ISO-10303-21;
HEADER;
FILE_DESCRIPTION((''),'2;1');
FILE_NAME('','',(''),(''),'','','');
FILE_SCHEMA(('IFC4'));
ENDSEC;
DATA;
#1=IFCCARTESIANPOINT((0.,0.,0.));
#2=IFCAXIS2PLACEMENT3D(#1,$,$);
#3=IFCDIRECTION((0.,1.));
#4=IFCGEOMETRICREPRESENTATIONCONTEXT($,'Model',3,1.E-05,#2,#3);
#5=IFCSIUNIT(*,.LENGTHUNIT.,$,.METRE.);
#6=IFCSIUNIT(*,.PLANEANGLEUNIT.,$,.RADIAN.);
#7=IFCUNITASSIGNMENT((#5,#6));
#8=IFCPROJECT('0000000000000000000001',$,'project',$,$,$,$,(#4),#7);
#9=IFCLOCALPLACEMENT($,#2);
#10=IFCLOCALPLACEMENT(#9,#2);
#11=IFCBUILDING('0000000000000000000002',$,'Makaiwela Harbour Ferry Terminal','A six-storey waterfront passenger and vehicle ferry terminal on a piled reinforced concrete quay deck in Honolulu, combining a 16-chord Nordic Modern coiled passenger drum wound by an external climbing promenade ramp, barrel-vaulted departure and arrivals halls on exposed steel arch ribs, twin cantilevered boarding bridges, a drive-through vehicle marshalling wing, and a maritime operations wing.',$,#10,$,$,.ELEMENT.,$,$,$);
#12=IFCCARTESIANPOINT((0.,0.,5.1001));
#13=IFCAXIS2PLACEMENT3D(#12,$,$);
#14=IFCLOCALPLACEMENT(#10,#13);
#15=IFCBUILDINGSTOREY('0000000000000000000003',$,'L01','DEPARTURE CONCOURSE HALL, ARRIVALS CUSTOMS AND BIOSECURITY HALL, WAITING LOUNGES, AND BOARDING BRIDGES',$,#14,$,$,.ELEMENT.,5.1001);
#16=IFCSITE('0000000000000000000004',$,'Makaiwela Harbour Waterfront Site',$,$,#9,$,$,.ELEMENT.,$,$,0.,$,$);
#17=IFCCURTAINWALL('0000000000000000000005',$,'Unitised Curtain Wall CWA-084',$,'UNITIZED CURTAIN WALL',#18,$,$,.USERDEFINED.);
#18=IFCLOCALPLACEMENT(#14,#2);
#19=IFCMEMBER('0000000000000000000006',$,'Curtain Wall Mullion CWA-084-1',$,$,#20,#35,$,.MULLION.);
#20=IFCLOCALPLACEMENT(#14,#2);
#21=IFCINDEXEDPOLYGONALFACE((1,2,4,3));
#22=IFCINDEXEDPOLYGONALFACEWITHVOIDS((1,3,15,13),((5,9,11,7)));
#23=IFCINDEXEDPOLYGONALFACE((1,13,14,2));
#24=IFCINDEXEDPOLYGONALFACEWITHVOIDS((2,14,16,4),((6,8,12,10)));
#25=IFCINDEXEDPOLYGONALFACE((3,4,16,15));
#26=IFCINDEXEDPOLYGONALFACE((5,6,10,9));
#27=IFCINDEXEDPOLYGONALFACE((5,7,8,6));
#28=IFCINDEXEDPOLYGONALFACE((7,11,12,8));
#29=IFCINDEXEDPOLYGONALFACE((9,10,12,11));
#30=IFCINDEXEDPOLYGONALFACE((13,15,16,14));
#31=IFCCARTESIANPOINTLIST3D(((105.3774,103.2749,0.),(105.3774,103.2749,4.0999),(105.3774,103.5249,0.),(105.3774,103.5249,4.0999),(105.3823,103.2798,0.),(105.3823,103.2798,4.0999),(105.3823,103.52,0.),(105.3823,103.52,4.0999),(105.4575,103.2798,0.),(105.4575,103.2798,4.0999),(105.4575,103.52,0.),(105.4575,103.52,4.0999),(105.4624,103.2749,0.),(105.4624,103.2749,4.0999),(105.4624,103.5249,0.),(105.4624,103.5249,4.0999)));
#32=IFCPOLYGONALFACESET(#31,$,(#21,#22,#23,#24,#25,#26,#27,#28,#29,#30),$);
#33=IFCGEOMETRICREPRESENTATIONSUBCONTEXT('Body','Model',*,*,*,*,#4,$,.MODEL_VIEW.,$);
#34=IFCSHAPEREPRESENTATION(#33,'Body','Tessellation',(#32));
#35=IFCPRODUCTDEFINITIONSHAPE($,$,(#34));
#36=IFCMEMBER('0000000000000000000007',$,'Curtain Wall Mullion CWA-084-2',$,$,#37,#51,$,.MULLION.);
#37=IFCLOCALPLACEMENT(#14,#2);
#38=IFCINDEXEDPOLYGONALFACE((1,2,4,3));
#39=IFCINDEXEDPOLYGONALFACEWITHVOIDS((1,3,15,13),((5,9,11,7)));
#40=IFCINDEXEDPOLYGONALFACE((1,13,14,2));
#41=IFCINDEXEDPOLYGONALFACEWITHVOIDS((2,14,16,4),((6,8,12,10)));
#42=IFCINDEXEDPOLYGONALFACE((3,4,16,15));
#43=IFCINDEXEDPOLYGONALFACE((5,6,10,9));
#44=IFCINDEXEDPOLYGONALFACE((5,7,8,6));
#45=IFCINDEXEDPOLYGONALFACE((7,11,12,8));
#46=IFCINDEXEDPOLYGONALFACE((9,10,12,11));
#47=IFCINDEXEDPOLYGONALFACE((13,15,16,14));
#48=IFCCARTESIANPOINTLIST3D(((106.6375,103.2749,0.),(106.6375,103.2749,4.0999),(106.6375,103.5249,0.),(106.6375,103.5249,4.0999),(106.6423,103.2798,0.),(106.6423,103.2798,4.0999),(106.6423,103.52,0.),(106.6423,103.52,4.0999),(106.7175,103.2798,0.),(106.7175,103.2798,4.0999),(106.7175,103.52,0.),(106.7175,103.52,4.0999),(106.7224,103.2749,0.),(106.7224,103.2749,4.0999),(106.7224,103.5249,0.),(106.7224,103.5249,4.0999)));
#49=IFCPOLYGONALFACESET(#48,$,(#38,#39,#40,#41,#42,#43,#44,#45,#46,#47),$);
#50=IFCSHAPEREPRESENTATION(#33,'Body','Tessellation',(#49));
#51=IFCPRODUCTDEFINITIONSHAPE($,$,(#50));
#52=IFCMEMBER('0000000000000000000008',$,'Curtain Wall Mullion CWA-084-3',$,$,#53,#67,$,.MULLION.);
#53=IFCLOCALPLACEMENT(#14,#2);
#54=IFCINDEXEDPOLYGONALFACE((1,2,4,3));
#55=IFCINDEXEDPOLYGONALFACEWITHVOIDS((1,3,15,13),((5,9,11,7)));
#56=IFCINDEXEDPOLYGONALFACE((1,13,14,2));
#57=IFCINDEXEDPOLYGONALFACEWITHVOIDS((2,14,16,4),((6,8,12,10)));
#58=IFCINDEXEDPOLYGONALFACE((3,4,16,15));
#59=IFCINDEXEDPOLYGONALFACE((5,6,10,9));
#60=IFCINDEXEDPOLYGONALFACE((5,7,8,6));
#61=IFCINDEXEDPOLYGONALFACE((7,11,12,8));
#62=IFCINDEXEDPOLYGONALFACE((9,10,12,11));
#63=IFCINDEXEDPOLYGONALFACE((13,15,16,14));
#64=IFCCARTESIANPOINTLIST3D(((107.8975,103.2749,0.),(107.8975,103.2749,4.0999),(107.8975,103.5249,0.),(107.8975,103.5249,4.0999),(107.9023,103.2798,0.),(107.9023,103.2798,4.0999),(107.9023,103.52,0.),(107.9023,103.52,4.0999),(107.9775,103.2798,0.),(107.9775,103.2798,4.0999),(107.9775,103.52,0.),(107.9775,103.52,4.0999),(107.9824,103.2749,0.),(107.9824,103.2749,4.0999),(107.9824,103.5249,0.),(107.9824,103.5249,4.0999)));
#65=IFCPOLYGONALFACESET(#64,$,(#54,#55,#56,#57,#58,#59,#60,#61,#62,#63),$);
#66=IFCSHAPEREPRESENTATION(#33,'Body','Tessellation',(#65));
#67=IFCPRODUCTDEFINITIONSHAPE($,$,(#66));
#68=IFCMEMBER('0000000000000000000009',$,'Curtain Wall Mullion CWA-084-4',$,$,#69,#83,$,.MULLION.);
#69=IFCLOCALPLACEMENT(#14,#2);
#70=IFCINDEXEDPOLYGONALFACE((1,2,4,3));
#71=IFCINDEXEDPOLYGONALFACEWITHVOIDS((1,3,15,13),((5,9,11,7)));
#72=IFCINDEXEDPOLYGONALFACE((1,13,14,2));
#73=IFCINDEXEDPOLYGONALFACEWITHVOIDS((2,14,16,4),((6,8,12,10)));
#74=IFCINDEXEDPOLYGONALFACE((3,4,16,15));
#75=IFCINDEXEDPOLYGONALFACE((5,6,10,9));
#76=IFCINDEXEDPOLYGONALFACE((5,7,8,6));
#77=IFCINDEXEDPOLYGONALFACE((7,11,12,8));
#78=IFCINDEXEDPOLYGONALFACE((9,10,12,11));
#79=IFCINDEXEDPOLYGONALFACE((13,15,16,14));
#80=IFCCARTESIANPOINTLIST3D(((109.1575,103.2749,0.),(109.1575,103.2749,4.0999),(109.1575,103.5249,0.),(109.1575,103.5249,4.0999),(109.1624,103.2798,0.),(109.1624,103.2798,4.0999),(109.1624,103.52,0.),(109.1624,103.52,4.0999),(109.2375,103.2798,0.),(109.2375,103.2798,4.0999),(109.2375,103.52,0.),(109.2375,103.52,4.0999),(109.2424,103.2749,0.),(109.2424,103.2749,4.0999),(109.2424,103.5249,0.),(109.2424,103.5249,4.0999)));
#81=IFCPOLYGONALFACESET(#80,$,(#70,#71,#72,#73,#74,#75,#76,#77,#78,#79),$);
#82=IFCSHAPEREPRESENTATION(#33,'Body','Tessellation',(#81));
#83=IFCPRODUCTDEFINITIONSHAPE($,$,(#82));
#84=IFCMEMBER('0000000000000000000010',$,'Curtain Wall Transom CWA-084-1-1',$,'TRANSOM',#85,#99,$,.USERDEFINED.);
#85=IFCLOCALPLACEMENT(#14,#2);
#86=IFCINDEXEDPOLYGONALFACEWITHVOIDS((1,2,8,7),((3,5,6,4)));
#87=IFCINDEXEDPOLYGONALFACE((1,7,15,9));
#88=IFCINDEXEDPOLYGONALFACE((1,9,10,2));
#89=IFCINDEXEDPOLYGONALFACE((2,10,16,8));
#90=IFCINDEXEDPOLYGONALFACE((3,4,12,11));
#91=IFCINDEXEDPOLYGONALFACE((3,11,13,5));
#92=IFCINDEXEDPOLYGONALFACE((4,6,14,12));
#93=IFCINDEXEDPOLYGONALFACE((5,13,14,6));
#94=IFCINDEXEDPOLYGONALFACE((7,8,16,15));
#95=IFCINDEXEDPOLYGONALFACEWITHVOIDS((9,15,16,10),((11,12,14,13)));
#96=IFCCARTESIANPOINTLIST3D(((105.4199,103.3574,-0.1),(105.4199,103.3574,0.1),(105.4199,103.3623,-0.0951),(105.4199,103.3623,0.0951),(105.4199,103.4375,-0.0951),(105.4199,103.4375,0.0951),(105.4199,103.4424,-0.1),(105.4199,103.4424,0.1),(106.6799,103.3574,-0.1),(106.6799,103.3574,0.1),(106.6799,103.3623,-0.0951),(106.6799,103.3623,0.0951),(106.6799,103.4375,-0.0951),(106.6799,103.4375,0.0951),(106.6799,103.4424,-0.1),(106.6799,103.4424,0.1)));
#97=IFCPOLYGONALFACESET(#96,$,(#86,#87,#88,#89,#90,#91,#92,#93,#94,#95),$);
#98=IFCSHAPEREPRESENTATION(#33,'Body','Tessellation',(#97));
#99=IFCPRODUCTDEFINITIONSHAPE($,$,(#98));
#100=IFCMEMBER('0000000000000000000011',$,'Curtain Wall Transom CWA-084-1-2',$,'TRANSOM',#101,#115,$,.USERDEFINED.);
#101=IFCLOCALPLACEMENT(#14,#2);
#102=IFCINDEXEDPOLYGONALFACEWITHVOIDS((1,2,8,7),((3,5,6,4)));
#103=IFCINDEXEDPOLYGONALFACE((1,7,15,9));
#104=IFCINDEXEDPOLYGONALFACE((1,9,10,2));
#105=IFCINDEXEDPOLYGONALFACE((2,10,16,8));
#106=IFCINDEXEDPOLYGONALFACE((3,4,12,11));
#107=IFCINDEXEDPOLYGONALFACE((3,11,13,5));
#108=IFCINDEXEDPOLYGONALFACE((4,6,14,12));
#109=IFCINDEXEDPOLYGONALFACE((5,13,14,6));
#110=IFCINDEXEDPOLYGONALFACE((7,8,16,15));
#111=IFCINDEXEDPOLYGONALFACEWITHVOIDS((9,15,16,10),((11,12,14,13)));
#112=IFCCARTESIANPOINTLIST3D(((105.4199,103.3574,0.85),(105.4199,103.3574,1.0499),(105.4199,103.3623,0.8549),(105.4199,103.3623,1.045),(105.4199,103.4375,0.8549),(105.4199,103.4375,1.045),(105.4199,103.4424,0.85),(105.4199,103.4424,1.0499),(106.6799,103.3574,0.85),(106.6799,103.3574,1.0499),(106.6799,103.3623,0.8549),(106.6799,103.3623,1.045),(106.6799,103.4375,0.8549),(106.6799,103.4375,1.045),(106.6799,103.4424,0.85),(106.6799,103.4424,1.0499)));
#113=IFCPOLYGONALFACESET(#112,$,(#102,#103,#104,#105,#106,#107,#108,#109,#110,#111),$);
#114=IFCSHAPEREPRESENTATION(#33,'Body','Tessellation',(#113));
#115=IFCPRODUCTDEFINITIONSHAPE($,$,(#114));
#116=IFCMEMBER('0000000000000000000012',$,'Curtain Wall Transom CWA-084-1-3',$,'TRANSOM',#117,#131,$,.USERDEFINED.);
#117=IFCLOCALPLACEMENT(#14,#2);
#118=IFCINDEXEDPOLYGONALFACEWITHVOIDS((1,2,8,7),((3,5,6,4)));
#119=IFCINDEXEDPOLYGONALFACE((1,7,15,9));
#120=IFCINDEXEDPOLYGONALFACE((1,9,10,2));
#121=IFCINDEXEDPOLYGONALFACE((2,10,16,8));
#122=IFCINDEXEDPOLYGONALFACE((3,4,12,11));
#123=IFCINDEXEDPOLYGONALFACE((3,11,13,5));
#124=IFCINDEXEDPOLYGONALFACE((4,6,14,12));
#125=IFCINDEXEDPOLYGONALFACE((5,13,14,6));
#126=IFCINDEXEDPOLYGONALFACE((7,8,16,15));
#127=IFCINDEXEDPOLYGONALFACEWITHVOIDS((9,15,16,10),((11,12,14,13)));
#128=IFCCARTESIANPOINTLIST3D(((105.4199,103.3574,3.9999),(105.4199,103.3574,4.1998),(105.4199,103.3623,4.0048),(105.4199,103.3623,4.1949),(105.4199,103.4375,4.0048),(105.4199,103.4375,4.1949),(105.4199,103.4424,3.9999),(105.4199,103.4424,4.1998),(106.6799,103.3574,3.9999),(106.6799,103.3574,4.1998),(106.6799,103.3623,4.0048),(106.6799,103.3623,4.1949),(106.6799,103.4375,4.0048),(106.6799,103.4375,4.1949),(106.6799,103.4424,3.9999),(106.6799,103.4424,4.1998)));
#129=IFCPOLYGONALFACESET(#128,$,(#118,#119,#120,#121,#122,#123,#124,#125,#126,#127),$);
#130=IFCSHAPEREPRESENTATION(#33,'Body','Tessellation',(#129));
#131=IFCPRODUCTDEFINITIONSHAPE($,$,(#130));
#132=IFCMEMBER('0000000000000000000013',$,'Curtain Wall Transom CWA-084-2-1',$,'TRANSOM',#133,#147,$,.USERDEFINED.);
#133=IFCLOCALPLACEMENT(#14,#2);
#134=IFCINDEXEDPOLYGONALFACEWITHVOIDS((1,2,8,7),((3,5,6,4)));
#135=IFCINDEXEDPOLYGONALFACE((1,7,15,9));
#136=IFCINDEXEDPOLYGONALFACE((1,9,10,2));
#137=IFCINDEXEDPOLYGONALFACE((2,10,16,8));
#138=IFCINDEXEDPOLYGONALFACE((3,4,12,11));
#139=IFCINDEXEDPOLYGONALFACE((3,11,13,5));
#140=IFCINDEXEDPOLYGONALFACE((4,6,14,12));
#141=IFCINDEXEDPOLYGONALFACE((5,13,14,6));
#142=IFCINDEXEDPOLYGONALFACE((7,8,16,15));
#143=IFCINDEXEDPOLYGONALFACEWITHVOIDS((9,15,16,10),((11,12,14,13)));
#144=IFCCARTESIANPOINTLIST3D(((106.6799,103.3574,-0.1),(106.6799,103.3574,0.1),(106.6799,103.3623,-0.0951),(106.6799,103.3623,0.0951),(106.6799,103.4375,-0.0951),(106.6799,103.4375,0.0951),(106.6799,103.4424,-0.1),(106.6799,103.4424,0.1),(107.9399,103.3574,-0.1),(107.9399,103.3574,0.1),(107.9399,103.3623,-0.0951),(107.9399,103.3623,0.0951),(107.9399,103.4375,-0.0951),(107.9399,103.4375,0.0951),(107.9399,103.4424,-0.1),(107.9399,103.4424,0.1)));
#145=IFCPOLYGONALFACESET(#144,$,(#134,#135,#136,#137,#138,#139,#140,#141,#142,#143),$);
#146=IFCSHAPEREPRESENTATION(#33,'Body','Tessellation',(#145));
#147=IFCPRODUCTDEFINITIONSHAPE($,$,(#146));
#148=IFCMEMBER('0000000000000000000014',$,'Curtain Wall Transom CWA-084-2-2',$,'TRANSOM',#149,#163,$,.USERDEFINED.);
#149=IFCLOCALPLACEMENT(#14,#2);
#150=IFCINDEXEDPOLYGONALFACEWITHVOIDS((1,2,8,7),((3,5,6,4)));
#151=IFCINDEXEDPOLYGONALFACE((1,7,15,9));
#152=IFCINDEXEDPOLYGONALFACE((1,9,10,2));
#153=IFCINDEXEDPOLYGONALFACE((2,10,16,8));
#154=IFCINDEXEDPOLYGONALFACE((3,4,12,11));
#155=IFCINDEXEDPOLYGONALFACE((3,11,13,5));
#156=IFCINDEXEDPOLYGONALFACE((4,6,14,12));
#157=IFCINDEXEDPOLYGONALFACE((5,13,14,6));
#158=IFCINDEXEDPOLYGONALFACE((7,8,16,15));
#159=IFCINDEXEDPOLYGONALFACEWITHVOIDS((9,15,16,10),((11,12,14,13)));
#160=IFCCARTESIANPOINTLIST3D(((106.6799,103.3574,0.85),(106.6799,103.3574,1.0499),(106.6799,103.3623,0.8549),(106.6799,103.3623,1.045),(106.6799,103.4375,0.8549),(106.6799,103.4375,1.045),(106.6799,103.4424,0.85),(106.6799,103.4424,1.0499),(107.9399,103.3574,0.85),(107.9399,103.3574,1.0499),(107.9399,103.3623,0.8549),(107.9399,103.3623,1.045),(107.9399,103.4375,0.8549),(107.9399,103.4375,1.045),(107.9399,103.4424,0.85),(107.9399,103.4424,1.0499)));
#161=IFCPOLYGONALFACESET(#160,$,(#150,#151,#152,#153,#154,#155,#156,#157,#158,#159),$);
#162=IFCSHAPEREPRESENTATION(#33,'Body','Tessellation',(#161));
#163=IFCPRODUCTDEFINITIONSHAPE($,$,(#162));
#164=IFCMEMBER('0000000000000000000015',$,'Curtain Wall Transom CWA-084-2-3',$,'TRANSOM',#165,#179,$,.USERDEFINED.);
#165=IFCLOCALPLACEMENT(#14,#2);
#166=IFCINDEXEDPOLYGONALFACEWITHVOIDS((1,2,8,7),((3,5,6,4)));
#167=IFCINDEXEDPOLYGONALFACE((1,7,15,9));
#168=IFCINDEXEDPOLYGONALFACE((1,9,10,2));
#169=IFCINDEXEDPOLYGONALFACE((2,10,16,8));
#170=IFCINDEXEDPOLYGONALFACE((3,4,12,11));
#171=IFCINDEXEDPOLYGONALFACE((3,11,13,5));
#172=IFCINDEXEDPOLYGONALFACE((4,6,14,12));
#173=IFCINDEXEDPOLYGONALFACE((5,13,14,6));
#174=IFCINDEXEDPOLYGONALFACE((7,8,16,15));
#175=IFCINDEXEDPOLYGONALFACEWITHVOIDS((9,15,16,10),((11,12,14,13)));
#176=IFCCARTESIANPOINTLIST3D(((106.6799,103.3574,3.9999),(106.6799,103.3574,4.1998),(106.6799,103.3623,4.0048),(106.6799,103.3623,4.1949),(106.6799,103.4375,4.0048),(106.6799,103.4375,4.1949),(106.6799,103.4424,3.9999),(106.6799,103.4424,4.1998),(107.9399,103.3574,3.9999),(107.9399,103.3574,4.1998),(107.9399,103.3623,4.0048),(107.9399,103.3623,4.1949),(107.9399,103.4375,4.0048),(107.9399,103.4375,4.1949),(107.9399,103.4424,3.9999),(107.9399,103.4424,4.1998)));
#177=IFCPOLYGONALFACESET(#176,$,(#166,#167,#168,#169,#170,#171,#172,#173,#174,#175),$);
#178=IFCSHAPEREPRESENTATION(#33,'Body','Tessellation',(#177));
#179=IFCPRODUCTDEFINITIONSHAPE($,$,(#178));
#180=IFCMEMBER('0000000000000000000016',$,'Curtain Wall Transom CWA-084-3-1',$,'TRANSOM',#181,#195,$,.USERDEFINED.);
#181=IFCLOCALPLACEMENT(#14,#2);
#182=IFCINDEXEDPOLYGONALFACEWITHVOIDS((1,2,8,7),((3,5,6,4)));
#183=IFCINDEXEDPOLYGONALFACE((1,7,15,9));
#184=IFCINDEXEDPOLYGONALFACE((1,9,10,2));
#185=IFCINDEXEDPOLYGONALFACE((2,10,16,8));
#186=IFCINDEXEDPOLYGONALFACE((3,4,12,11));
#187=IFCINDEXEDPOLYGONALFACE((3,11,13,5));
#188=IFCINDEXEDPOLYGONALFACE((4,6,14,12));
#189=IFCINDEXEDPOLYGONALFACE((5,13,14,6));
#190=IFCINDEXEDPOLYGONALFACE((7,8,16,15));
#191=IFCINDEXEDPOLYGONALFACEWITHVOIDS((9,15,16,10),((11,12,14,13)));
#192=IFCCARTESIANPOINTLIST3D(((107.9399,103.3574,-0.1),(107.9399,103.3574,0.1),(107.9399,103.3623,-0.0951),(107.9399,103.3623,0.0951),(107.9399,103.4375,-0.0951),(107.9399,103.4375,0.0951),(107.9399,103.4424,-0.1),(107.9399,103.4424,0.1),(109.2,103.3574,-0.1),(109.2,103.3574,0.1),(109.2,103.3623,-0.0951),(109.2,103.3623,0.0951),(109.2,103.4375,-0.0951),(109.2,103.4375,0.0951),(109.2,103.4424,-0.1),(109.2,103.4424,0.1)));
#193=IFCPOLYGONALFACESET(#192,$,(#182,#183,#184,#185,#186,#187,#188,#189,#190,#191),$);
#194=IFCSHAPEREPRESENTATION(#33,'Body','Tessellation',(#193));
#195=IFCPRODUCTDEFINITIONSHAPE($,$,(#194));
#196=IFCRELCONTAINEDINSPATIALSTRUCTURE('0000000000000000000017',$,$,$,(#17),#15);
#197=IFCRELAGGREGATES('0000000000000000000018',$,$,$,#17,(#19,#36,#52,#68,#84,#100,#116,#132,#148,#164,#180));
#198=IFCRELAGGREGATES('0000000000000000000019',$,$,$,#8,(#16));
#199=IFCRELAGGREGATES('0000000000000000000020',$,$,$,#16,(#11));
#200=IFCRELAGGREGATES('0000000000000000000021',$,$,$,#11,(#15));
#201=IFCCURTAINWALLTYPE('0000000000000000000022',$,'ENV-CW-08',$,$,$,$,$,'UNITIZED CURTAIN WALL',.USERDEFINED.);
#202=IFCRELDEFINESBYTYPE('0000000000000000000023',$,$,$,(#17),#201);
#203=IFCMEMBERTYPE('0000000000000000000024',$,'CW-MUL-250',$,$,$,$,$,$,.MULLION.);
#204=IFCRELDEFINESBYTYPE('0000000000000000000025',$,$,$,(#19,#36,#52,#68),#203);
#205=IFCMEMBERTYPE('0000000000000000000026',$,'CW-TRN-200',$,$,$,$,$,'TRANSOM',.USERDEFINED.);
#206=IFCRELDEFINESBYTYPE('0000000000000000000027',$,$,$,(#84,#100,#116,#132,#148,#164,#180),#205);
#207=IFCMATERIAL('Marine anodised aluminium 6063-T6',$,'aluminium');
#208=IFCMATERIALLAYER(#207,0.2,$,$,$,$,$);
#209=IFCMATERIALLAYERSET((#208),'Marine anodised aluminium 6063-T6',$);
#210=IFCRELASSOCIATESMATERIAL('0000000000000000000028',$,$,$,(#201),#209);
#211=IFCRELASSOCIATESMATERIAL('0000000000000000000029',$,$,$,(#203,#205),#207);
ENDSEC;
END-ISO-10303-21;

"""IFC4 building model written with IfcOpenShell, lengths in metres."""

from ifc_helpers import new_model, si_unit, direction, frame, origin, origin_2d, place, context, subcontext, project, spatial, hollow_rectangle, extrude, material, layer, layer_set, material_profile, profile_set, type_object, element, aggregate, save


model = new_model("IFC4")

# Units and contexts
model_context = context("Model", 3, precision=1e-05, world=origin(), true_north=direction((0.0, 1.0)))
body_context = subcontext(model_context, "Body", "Model", "MODEL_VIEW")
ifc_project = project(units=[si_unit("LENGTHUNIT", "METRE"), si_unit("PLANEANGLEUNIT", "RADIAN")], contexts=[model_context])

# Site, building, storey
site_placement = place(None, origin())
site = spatial("IfcSite", under=ifc_project, at=site_placement, Name="Makaiwela Harbour Waterfront Site", CompositionType="ELEMENT", RefElevation=0.0)
building_placement = place(site_placement, origin())
building = spatial("IfcBuilding", under=site, at=building_placement, Name="Makaiwela Harbour Ferry Terminal", Description="A six-storey waterfront passenger and vehicle ferry terminal on a piled reinforced concrete quay deck in Honolulu, combining a 16-chord Nordic Modern coiled passenger drum wound by an external climbing promenade ramp, barrel-vaulted departure and arrivals halls on exposed steel arch ribs, twin cantilevered boarding bridges, a drive-through vehicle marshalling wing, and a maritime operations wing.", CompositionType="ELEMENT")
storey_placement = place(building_placement, frame((0.0, 0.0, 5.1001)))
storey = spatial("IfcBuildingStorey", under=building, at=storey_placement, Name="L01", Description="DEPARTURE CONCOURSE HALL, ARRIVALS CUSTOMS AND BIOSECURITY HALL, WAITING LOUNGES, AND BOARDING BRIDGES", CompositionType="ELEMENT", Elevation=5.1001)

# Curtain wall, members
ifc_material_1 = material(Name="Marine anodised aluminium 6063-T6", Category="aluminium")
ifc_layer_1 = layer(ifc_material_1, 0.2)
ifc_layer_set_1 = layer_set([ifc_layer_1], Name="Marine anodised aluminium 6063-T6")
curtain_wall_type = type_object("IfcCurtainWallType", Name="ENV-CW-08", ElementType="UNITIZED CURTAIN WALL", PredefinedType="USERDEFINED", material=ifc_layer_set_1)
curtain_wall_placement = place(storey_placement, origin())
curtain_wall = element("IfcCurtainWall", 1, at=curtain_wall_placement, inside=storey, type_object=curtain_wall_type, Name="Unitised Curtain Wall CWA-084", ObjectType="UNITIZED CURTAIN WALL", PredefinedType="USERDEFINED")
ifc_material_profile_1 = material_profile(ifc_material_1, hollow_rectangle(XDim=0.085, YDim=0.25, WallThickness=0.0049, at=origin_2d()), Name="CWM-250X85")
ifc_profile_set_1 = profile_set([ifc_material_profile_1], Name="Marine anodised aluminium 6063-T6")
member_type_1 = type_object("IfcMemberType", Name="CW-MUL-250", PredefinedType="MULLION", material=ifc_profile_set_1)
member_1_placement = place(storey_placement, frame((105.4199, 103.3999, 0.0), z_axis=(0.0, 0.0, 1.0), x_axis=(1.0, 0.0, 0.0)))
member_1 = element("IfcMember", 2, at=member_1_placement, type_object=member_type_1, Name="Curtain Wall Mullion CWA-084-1", PredefinedType="MULLION", context=body_context, shape_type="SweptSolid", body=[
    extrude(hollow_rectangle(XDim=0.085, YDim=0.25, WallThickness=0.0049, at=origin_2d()), origin(), (0.0, 0.0, 1.0), 4.0999),
])
member_2_placement = place(storey_placement, frame((106.6799, 103.3999, 0.0), z_axis=(0.0, 0.0, 1.0), x_axis=(1.0, 0.0, 0.0)))
member_2 = element("IfcMember", 3, at=member_2_placement, type_object=member_type_1, Name="Curtain Wall Mullion CWA-084-2", PredefinedType="MULLION", context=body_context, shape_type="SweptSolid", body=[
    extrude(hollow_rectangle(XDim=0.085, YDim=0.25, WallThickness=0.0049, at=origin_2d()), origin(), (0.0, 0.0, 1.0), 4.0999),
])
member_3_placement = place(storey_placement, frame((107.9399, 103.3999, 0.0), z_axis=(0.0, 0.0, 1.0), x_axis=(1.0, 0.0, 0.0)))
member_3 = element("IfcMember", 4, at=member_3_placement, type_object=member_type_1, Name="Curtain Wall Mullion CWA-084-3", PredefinedType="MULLION", context=body_context, shape_type="SweptSolid", body=[
    extrude(hollow_rectangle(XDim=0.085, YDim=0.25, WallThickness=0.0049, at=origin_2d()), origin(), (0.0, 0.0, 1.0), 4.0999),
])
member_4_placement = place(storey_placement, frame((109.2, 103.3999, 0.0), z_axis=(0.0, 0.0, 1.0), x_axis=(1.0, 0.0, 0.0)))
member_4 = element("IfcMember", 5, at=member_4_placement, type_object=member_type_1, Name="Curtain Wall Mullion CWA-084-4", PredefinedType="MULLION", context=body_context, shape_type="SweptSolid", body=[
    extrude(hollow_rectangle(XDim=0.085, YDim=0.25, WallThickness=0.0049, at=origin_2d()), origin(), (0.0, 0.0, 1.0), 4.0999),
])
ifc_material_profile_2 = material_profile(ifc_material_1, hollow_rectangle(XDim=0.085, YDim=0.2, WallThickness=0.0049, at=origin_2d()), Name="CWT-200X85")
ifc_profile_set_2 = profile_set([ifc_material_profile_2], Name="Marine anodised aluminium 6063-T6")
member_type_2 = type_object("IfcMemberType", Name="CW-TRN-200", ElementType="TRANSOM", PredefinedType="USERDEFINED", material=ifc_profile_set_2)
member_5_placement = place(storey_placement, frame((105.4199, 103.3999, 0.0), z_axis=(1.0, 0.0, 0.0), x_axis=(0.0, 1.0, 0.0)))
member_5 = element("IfcMember", 6, at=member_5_placement, type_object=member_type_2, Name="Curtain Wall Transom CWA-084-1-1", ObjectType="TRANSOM", PredefinedType="USERDEFINED", context=body_context, shape_type="SweptSolid", body=[
    extrude(hollow_rectangle(XDim=0.085, YDim=0.2, WallThickness=0.0049, at=origin_2d()), origin(), (0.0, 0.0, 1.0), 1.26),
])
member_6_placement = place(storey_placement, frame((105.4199, 103.3999, 0.95), z_axis=(1.0, 0.0, 0.0), x_axis=(0.0, 1.0, 0.0)))
member_6 = element("IfcMember", 7, at=member_6_placement, type_object=member_type_2, Name="Curtain Wall Transom CWA-084-1-2", ObjectType="TRANSOM", PredefinedType="USERDEFINED", context=body_context, shape_type="SweptSolid", body=[
    extrude(hollow_rectangle(XDim=0.085, YDim=0.2, WallThickness=0.0049, at=origin_2d()), origin(), (0.0, 0.0, 1.0), 1.26),
])
member_7_placement = place(storey_placement, frame((105.4199, 103.3999, 4.0999), z_axis=(1.0, 0.0, 0.0), x_axis=(0.0, 1.0, 0.0)))
member_7 = element("IfcMember", 8, at=member_7_placement, type_object=member_type_2, Name="Curtain Wall Transom CWA-084-1-3", ObjectType="TRANSOM", PredefinedType="USERDEFINED", context=body_context, shape_type="SweptSolid", body=[
    extrude(hollow_rectangle(XDim=0.085, YDim=0.2, WallThickness=0.0049, at=origin_2d()), origin(), (0.0, 0.0, 1.0), 1.26),
])
member_8_placement = place(storey_placement, frame((106.6799, 103.3999, 0.0), z_axis=(1.0, 0.0, 0.0), x_axis=(0.0, 1.0, 0.0)))
member_8 = element("IfcMember", 9, at=member_8_placement, type_object=member_type_2, Name="Curtain Wall Transom CWA-084-2-1", ObjectType="TRANSOM", PredefinedType="USERDEFINED", context=body_context, shape_type="SweptSolid", body=[
    extrude(hollow_rectangle(XDim=0.085, YDim=0.2, WallThickness=0.0049, at=origin_2d()), origin(), (0.0, 0.0, 1.0), 1.26),
])
member_9_placement = place(storey_placement, frame((106.6799, 103.3999, 0.95), z_axis=(1.0, 0.0, 0.0), x_axis=(0.0, 1.0, 0.0)))
member_9 = element("IfcMember", 10, at=member_9_placement, type_object=member_type_2, Name="Curtain Wall Transom CWA-084-2-2", ObjectType="TRANSOM", PredefinedType="USERDEFINED", context=body_context, shape_type="SweptSolid", body=[
    extrude(hollow_rectangle(XDim=0.085, YDim=0.2, WallThickness=0.0049, at=origin_2d()), origin(), (0.0, 0.0, 1.0), 1.26),
])
member_10_placement = place(storey_placement, frame((106.6799, 103.3999, 4.0999), z_axis=(1.0, 0.0, 0.0), x_axis=(0.0, 1.0, 0.0)))
member_10 = element("IfcMember", 11, at=member_10_placement, type_object=member_type_2, Name="Curtain Wall Transom CWA-084-2-3", ObjectType="TRANSOM", PredefinedType="USERDEFINED", context=body_context, shape_type="SweptSolid", body=[
    extrude(hollow_rectangle(XDim=0.085, YDim=0.2, WallThickness=0.0049, at=origin_2d()), origin(), (0.0, 0.0, 1.0), 1.26),
])
member_11_placement = place(storey_placement, frame((107.9399, 103.3999, 0.0), z_axis=(1.0, 0.0, 0.0), x_axis=(0.0, 1.0, 0.0)))
member_11 = element("IfcMember", 12, at=member_11_placement, type_object=member_type_2, Name="Curtain Wall Transom CWA-084-3-1", ObjectType="TRANSOM", PredefinedType="USERDEFINED", context=body_context, shape_type="SweptSolid", body=[
    extrude(hollow_rectangle(XDim=0.085, YDim=0.2, WallThickness=0.0049, at=origin_2d()), origin(), (0.0, 0.0, 1.0), 1.26),
])

aggregate(curtain_wall, [member_1, member_2, member_3, member_4, member_5, member_6, member_7, member_8, member_9, member_10, member_11])

save(model, "model.ifc")
